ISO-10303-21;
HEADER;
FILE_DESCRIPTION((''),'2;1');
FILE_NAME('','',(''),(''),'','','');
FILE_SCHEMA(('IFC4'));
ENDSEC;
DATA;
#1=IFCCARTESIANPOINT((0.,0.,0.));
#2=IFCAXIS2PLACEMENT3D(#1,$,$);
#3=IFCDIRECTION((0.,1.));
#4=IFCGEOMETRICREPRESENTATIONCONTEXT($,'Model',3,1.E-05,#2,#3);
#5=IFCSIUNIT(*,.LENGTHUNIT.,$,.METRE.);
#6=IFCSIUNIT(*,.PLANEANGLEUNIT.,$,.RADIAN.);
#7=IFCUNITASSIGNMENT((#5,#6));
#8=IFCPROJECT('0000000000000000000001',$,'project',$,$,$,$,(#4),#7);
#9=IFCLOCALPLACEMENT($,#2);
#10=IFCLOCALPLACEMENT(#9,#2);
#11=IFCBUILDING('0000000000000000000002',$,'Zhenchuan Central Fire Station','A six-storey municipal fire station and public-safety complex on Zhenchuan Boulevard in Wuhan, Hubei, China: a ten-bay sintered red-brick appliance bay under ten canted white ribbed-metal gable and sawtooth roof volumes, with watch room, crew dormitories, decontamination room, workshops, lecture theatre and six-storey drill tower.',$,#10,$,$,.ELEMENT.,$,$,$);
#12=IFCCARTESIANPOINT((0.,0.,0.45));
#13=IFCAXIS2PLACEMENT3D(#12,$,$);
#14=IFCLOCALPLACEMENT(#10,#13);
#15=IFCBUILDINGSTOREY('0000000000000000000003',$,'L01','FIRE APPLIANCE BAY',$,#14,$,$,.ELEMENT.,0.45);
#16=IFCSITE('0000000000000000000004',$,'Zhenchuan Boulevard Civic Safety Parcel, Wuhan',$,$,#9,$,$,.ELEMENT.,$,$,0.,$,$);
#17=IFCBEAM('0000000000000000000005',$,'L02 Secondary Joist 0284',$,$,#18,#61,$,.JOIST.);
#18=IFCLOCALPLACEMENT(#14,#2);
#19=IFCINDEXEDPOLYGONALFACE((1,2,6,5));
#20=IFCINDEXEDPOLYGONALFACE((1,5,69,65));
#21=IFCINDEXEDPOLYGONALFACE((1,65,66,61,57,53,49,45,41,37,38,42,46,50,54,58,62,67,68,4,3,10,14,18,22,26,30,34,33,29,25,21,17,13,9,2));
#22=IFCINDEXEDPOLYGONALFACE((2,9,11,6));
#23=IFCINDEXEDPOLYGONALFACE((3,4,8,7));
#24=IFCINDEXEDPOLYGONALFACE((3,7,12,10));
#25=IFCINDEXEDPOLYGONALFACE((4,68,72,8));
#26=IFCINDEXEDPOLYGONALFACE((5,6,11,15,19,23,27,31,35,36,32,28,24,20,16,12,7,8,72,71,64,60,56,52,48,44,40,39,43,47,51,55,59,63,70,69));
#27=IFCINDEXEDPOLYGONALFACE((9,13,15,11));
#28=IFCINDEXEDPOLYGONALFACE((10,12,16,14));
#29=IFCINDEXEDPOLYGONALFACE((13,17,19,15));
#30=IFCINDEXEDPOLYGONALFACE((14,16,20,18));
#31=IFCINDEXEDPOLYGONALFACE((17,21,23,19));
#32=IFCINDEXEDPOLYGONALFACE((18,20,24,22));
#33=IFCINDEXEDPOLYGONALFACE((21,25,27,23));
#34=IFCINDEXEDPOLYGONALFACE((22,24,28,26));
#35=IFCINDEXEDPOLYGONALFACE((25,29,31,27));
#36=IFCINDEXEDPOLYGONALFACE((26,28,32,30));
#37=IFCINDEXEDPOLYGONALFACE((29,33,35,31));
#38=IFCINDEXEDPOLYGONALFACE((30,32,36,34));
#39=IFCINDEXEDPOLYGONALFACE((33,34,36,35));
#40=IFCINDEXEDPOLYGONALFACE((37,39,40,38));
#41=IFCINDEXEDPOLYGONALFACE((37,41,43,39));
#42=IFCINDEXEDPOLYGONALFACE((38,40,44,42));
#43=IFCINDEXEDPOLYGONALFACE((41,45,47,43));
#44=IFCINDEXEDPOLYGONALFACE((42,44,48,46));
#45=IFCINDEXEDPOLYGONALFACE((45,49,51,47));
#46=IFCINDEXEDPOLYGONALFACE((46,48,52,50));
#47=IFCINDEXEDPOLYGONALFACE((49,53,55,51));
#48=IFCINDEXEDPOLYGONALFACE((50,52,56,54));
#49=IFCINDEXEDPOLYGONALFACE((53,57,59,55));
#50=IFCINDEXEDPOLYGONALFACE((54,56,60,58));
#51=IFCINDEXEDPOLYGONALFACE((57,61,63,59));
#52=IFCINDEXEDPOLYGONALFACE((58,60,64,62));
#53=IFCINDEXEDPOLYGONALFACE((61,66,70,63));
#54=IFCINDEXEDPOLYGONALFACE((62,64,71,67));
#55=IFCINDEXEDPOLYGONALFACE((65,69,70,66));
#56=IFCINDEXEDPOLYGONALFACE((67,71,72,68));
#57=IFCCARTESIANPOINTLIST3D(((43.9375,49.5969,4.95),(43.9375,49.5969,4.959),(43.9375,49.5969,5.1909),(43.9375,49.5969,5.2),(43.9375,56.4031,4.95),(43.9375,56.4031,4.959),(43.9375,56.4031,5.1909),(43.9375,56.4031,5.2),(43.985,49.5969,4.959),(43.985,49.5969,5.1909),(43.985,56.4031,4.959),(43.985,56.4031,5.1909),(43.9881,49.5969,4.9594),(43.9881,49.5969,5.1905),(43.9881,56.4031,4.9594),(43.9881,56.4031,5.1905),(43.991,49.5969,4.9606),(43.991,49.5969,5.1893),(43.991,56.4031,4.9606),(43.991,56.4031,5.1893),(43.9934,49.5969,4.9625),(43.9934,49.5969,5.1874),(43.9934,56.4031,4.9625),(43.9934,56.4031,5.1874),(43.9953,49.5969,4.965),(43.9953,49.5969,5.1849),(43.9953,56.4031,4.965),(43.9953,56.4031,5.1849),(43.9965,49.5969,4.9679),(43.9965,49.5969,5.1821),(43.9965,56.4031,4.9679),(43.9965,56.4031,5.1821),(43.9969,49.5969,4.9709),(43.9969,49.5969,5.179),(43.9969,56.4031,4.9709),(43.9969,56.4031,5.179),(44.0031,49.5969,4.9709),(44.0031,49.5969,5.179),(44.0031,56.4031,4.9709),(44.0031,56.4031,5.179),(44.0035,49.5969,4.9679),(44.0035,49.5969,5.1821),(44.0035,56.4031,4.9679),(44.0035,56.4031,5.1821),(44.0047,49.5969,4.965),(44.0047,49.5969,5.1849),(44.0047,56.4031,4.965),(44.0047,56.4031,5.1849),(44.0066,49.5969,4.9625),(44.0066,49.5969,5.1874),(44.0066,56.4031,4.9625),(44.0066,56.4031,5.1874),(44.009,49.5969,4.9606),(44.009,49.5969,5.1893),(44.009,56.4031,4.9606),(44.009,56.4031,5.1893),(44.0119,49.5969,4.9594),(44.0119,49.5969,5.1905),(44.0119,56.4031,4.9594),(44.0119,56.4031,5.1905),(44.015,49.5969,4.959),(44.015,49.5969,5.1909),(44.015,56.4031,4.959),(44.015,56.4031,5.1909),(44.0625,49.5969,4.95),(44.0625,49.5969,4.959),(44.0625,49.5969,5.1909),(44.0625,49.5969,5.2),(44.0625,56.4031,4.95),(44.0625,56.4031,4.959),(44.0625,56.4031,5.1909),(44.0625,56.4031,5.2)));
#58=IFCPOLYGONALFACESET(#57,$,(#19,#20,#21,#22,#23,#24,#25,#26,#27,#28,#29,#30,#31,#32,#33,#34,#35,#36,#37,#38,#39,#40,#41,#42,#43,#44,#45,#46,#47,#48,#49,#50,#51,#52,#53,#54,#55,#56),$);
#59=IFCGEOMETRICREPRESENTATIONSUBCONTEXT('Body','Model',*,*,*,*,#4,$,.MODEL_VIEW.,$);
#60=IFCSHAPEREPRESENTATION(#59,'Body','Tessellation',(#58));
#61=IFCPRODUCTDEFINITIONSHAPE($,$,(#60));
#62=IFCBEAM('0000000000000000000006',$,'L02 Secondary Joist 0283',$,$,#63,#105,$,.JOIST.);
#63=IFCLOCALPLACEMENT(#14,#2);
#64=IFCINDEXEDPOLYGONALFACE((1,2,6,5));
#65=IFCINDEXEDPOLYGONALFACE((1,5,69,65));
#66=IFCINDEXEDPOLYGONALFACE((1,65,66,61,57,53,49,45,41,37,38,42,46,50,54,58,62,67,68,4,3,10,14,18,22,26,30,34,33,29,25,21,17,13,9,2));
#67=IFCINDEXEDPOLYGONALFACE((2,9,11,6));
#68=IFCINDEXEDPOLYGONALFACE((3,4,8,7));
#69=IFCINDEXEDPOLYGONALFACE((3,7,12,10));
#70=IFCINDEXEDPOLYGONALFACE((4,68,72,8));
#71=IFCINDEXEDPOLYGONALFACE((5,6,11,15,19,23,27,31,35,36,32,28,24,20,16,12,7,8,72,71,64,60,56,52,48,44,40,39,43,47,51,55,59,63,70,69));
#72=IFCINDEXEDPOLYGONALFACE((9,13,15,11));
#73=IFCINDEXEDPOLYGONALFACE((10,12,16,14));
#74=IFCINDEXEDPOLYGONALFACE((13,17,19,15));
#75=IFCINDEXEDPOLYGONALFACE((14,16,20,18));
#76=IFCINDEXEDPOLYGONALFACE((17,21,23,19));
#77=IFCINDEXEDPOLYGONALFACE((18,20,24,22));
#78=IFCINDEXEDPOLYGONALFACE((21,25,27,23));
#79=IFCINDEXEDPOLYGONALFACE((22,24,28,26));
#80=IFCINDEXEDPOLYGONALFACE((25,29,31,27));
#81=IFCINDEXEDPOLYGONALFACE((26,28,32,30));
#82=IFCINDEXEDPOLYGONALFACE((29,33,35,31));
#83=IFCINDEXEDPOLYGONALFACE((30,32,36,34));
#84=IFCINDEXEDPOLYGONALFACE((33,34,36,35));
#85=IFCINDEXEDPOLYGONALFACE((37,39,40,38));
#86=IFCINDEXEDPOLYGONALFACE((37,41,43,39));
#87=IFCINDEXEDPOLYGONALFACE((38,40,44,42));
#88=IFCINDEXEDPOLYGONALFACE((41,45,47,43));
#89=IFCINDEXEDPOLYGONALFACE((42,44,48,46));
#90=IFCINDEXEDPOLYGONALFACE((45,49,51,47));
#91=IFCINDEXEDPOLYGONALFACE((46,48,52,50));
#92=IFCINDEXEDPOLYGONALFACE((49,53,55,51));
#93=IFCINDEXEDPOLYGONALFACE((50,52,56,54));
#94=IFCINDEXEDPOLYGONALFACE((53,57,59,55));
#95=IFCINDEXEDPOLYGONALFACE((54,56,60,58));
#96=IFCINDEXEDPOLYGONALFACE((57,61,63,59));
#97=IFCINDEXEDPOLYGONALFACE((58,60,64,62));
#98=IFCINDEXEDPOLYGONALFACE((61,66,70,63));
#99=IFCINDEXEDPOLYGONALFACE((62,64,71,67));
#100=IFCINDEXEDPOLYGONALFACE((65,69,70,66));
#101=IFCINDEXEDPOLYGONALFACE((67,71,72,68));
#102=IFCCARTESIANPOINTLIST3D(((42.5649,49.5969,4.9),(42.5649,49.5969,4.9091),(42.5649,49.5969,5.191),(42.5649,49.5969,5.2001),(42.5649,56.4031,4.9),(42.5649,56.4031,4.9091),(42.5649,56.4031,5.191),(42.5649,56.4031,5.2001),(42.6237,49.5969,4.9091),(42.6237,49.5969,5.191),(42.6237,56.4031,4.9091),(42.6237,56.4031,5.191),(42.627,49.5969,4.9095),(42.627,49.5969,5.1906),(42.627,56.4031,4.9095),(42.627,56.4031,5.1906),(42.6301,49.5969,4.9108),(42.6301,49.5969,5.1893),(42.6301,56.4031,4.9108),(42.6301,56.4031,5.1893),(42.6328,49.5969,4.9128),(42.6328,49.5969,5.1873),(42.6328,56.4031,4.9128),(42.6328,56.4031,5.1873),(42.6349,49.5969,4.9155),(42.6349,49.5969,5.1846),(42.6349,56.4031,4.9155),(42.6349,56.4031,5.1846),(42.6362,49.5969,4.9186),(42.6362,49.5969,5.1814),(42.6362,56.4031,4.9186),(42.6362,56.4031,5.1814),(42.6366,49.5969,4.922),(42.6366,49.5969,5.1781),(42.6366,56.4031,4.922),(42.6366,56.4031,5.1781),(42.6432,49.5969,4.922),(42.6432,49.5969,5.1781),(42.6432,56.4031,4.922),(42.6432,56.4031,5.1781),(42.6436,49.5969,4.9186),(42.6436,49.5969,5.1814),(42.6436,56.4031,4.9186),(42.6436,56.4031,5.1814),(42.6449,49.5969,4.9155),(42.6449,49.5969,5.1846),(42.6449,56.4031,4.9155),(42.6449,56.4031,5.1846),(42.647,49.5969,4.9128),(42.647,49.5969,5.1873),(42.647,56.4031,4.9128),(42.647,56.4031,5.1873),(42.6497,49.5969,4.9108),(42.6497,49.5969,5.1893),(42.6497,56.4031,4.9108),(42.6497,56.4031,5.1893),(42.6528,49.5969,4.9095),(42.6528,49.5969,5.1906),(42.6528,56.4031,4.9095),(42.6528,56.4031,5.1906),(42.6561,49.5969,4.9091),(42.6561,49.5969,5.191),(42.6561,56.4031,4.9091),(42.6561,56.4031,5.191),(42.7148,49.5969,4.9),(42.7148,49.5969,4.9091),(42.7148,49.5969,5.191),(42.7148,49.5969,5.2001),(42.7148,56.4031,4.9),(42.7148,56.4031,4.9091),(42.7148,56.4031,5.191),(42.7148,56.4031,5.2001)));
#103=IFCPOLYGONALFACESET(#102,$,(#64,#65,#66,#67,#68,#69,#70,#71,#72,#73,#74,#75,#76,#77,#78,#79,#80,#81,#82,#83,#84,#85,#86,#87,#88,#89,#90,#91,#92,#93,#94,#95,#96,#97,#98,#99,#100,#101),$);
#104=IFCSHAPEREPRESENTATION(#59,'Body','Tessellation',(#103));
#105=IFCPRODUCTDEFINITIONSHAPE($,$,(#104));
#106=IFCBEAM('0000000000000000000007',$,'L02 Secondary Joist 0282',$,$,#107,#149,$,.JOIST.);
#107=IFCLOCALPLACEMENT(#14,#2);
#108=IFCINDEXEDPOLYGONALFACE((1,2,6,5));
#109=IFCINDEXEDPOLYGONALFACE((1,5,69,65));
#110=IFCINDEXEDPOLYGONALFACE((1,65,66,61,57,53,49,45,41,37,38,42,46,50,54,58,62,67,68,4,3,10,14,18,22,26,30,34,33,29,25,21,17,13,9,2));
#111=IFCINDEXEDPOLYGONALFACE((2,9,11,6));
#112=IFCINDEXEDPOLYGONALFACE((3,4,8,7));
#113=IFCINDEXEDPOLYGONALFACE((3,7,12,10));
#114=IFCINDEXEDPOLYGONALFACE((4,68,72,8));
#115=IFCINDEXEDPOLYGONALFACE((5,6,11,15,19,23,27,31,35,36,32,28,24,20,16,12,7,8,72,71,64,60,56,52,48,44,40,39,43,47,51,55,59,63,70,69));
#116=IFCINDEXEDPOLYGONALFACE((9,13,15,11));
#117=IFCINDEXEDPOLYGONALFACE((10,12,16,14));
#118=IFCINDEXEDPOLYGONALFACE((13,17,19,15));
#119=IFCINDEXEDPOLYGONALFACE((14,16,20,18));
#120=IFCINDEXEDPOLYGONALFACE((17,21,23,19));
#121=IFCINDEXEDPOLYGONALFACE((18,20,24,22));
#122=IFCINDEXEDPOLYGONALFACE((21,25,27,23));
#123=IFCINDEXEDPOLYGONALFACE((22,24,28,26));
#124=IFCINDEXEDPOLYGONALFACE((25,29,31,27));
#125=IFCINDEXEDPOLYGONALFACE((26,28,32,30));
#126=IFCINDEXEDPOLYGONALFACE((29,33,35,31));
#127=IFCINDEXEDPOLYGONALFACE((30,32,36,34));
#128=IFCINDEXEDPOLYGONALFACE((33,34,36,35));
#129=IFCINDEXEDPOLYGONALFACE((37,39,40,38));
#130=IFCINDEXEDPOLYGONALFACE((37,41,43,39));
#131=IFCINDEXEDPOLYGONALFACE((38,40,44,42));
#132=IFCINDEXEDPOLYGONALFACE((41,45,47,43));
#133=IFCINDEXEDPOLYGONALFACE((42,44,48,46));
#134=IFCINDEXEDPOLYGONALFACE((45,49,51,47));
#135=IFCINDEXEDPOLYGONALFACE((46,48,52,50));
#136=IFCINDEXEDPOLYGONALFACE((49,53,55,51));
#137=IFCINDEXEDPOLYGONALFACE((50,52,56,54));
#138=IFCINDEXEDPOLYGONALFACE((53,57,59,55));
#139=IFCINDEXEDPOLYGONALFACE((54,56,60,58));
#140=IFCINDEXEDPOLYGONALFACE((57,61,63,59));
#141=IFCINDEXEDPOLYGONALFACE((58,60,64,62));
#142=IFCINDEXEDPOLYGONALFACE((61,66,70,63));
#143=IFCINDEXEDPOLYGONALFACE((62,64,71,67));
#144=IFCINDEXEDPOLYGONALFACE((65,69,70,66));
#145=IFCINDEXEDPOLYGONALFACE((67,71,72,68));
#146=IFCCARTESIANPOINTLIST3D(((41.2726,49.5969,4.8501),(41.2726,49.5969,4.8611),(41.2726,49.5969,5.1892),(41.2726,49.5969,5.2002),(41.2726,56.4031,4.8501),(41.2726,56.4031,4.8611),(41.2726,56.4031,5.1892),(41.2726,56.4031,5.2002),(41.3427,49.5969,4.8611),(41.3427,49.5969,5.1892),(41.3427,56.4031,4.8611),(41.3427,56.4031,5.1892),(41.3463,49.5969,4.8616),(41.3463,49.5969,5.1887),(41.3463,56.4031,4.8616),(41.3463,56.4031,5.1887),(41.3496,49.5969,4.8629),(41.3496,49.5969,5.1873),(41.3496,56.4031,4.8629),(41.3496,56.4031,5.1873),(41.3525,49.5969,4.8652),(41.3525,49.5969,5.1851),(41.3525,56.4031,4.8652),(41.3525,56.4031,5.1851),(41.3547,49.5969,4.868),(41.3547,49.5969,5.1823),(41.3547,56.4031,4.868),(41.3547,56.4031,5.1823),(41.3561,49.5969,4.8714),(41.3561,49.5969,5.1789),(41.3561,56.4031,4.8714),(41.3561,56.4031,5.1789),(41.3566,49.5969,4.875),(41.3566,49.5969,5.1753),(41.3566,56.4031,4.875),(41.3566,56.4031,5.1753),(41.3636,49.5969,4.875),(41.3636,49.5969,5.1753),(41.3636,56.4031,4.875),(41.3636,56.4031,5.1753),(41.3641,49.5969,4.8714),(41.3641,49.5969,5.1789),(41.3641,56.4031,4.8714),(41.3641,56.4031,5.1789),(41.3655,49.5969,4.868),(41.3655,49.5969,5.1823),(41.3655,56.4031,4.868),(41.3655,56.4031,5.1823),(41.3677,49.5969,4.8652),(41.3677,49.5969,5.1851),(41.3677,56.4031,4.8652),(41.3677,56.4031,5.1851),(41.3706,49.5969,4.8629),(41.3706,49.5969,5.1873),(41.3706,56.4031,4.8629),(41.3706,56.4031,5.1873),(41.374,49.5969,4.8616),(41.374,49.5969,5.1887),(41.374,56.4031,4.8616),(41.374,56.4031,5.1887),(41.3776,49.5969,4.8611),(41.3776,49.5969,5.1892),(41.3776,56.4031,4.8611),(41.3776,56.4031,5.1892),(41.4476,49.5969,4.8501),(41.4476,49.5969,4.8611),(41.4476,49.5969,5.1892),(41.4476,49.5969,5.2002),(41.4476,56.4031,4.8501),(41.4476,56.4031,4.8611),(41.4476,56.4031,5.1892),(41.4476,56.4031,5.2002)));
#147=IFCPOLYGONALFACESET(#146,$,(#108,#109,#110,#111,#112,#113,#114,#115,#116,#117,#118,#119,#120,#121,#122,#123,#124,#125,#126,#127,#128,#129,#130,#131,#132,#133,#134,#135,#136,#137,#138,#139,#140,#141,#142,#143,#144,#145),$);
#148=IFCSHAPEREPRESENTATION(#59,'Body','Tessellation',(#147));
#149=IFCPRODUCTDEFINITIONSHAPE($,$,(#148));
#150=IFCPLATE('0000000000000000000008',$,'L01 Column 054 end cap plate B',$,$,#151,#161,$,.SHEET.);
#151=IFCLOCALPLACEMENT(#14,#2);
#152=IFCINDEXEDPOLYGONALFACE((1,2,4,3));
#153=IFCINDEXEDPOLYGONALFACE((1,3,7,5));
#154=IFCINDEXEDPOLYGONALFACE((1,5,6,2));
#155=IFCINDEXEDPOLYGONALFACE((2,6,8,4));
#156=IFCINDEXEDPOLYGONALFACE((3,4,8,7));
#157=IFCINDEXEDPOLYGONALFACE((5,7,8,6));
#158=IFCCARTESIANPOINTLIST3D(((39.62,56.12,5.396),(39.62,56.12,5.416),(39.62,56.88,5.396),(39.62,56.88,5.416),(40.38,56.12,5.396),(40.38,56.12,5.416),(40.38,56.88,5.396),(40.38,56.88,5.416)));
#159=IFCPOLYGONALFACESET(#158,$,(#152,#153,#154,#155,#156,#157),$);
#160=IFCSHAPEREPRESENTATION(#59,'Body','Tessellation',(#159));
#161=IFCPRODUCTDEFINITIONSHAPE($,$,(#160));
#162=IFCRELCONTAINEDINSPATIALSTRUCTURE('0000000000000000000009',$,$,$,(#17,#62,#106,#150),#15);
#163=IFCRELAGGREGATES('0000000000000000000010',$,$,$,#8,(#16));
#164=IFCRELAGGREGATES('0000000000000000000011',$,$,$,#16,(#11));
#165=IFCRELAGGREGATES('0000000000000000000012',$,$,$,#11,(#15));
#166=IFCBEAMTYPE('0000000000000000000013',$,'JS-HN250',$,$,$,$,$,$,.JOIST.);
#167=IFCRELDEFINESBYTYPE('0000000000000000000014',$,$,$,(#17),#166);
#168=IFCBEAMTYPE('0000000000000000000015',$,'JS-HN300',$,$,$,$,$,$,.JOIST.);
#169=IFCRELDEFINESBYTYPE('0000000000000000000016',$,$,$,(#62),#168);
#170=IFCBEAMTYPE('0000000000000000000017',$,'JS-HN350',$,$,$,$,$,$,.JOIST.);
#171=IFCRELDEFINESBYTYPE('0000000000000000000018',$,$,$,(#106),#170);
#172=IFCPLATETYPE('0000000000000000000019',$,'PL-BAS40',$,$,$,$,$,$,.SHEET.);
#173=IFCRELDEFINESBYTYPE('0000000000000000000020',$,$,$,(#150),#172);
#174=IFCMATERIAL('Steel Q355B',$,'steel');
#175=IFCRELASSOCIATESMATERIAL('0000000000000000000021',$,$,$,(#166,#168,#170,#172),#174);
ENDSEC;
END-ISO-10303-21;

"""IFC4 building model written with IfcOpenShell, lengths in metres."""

from ifc_helpers import new_model, si_unit, direction, frame, origin, origin_2d, place, context, subcontext, project, spatial, rectangle, i_section, extrude, material, material_profile, profile_set, type_object, element, save


model = new_model("IFC4")

# Units and contexts
model_context = context("Model", 3, precision=1e-05, world=origin(), true_north=direction((0.0, 1.0)))
body_context = subcontext(model_context, "Body", "Model", "MODEL_VIEW")
ifc_project = project(units=[si_unit("LENGTHUNIT", "METRE"), si_unit("PLANEANGLEUNIT", "RADIAN")], contexts=[model_context])

# Site, building, storey
site_placement = place(None, origin())
site = spatial("IfcSite", under=ifc_project, at=site_placement, Name="Zhenchuan Boulevard Civic Safety Parcel, Wuhan", CompositionType="ELEMENT", RefElevation=0.0)
building_placement = place(site_placement, origin())
building = spatial("IfcBuilding", under=site, at=building_placement, Name="Zhenchuan Central Fire Station", Description="A six-storey municipal fire station and public-safety complex on Zhenchuan Boulevard in Wuhan, Hubei, China: a ten-bay sintered red-brick appliance bay under ten canted white ribbed-metal gable and sawtooth roof volumes, with watch room, crew dormitories, decontamination room, workshops, lecture theatre and six-storey drill tower.", CompositionType="ELEMENT")
storey_placement = place(building_placement, frame((0.0, 0.0, 0.45)))
storey = spatial("IfcBuildingStorey", under=building, at=storey_placement, Name="L01", Description="FIRE APPLIANCE BAY", CompositionType="ELEMENT", Elevation=0.45)

# Shared definitions
ifc_material_1 = material(Name="Steel Q355B", Category="steel")

# Beams
ifc_material_profile_1 = material_profile(ifc_material_1, i_section(OverallWidth=0.125, OverallDepth=0.25, WebThickness=0.0061, FlangeThickness=0.009, FilletRadius=0.012, at=origin_2d()), Name="HN 250x125")
ifc_profile_set_1 = profile_set([ifc_material_profile_1], Name="Steel Q355B")
beam_type_1 = type_object("IfcBeamType", Name="JS-HN250", PredefinedType="JOIST", material=ifc_profile_set_1)
beam_1_placement = place(storey_placement, frame((44.0, 49.5969, 5.075), z_axis=(0.0, 1.0, 0.0), x_axis=(-1.0, 0.0, 0.0)))
element("IfcBeam", 1, at=beam_1_placement, inside=storey, type_object=beam_type_1, Name="L02 Secondary Joist 0284", PredefinedType="JOIST", context=body_context, shape_type="SweptSolid", body=[
    extrude(i_section(OverallWidth=0.125, OverallDepth=0.25, WebThickness=0.0061, FlangeThickness=0.009, FilletRadius=0.012, at=origin_2d()), origin(), (0.0, 0.0, 1.0), 6.8062),
])
ifc_material_profile_2 = material_profile(ifc_material_1, i_section(OverallWidth=0.1499, OverallDepth=0.3, WebThickness=0.0066, FlangeThickness=0.009, FilletRadius=0.0129, at=origin_2d()), Name="HN 300x150")
ifc_profile_set_2 = profile_set([ifc_material_profile_2], Name="Steel Q355B")
beam_type_2 = type_object("IfcBeamType", Name="JS-HN300", PredefinedType="JOIST", material=ifc_profile_set_2)
beam_2_placement = place(storey_placement, frame((42.6399, 49.5969, 5.05), z_axis=(0.0, 1.0, 0.0), x_axis=(-1.0, 0.0, 0.0)))
element("IfcBeam", 2, at=beam_2_placement, inside=storey, type_object=beam_type_2, Name="L02 Secondary Joist 0283", PredefinedType="JOIST", context=body_context, shape_type="SweptSolid", body=[
    extrude(i_section(OverallWidth=0.1499, OverallDepth=0.3, WebThickness=0.0066, FlangeThickness=0.009, FilletRadius=0.0129, at=origin_2d()), origin(), (0.0, 0.0, 1.0), 6.8062),
])
ifc_material_profile_3 = material_profile(ifc_material_1, i_section(OverallWidth=0.175, OverallDepth=0.3501, WebThickness=0.0071, FlangeThickness=0.011, FilletRadius=0.0139, at=origin_2d()), Name="HN 350x175")
ifc_profile_set_3 = profile_set([ifc_material_profile_3], Name="Steel Q355B")
beam_type_3 = type_object("IfcBeamType", Name="JS-HN350", PredefinedType="JOIST", material=ifc_profile_set_3)
beam_3_placement = place(storey_placement, frame((41.3601, 49.5969, 5.0251), z_axis=(0.0, 1.0, 0.0), x_axis=(-1.0, 0.0, 0.0)))
element("IfcBeam", 3, at=beam_3_placement, inside=storey, type_object=beam_type_3, Name="L02 Secondary Joist 0282", PredefinedType="JOIST", context=body_context, shape_type="SweptSolid", body=[
    extrude(i_section(OverallWidth=0.175, OverallDepth=0.3501, WebThickness=0.0071, FlangeThickness=0.011, FilletRadius=0.0139, at=origin_2d()), origin(), (0.0, 0.0, 1.0), 6.8062),
])

# Plate
ifc_material_profile_4 = material_profile(ifc_material_1, rectangle(XDim=0.76, YDim=0.76, at=origin_2d()), Name="PL 760x760x40")
ifc_profile_set_4 = profile_set([ifc_material_profile_4], Name="Steel Q355B")
plate_type = type_object("IfcPlateType", Name="PL-BAS40", PredefinedType="SHEET", material=ifc_profile_set_4)
plate_placement = place(storey_placement, frame((40.0, 56.5, 5.396), z_axis=(0.0, 0.0, 1.0), x_axis=(1.0, 0.0, 0.0)))
element("IfcPlate", 4, at=plate_placement, inside=storey, type_object=plate_type, Name="L01 Column 054 end cap plate B", PredefinedType="SHEET", context=body_context, shape_type="SweptSolid", body=[
    extrude(rectangle(XDim=0.76, YDim=0.76, at=origin_2d()), origin(), (0.0, 0.0, 1.0), 0.02),
])

save(model, "model.ifc")
